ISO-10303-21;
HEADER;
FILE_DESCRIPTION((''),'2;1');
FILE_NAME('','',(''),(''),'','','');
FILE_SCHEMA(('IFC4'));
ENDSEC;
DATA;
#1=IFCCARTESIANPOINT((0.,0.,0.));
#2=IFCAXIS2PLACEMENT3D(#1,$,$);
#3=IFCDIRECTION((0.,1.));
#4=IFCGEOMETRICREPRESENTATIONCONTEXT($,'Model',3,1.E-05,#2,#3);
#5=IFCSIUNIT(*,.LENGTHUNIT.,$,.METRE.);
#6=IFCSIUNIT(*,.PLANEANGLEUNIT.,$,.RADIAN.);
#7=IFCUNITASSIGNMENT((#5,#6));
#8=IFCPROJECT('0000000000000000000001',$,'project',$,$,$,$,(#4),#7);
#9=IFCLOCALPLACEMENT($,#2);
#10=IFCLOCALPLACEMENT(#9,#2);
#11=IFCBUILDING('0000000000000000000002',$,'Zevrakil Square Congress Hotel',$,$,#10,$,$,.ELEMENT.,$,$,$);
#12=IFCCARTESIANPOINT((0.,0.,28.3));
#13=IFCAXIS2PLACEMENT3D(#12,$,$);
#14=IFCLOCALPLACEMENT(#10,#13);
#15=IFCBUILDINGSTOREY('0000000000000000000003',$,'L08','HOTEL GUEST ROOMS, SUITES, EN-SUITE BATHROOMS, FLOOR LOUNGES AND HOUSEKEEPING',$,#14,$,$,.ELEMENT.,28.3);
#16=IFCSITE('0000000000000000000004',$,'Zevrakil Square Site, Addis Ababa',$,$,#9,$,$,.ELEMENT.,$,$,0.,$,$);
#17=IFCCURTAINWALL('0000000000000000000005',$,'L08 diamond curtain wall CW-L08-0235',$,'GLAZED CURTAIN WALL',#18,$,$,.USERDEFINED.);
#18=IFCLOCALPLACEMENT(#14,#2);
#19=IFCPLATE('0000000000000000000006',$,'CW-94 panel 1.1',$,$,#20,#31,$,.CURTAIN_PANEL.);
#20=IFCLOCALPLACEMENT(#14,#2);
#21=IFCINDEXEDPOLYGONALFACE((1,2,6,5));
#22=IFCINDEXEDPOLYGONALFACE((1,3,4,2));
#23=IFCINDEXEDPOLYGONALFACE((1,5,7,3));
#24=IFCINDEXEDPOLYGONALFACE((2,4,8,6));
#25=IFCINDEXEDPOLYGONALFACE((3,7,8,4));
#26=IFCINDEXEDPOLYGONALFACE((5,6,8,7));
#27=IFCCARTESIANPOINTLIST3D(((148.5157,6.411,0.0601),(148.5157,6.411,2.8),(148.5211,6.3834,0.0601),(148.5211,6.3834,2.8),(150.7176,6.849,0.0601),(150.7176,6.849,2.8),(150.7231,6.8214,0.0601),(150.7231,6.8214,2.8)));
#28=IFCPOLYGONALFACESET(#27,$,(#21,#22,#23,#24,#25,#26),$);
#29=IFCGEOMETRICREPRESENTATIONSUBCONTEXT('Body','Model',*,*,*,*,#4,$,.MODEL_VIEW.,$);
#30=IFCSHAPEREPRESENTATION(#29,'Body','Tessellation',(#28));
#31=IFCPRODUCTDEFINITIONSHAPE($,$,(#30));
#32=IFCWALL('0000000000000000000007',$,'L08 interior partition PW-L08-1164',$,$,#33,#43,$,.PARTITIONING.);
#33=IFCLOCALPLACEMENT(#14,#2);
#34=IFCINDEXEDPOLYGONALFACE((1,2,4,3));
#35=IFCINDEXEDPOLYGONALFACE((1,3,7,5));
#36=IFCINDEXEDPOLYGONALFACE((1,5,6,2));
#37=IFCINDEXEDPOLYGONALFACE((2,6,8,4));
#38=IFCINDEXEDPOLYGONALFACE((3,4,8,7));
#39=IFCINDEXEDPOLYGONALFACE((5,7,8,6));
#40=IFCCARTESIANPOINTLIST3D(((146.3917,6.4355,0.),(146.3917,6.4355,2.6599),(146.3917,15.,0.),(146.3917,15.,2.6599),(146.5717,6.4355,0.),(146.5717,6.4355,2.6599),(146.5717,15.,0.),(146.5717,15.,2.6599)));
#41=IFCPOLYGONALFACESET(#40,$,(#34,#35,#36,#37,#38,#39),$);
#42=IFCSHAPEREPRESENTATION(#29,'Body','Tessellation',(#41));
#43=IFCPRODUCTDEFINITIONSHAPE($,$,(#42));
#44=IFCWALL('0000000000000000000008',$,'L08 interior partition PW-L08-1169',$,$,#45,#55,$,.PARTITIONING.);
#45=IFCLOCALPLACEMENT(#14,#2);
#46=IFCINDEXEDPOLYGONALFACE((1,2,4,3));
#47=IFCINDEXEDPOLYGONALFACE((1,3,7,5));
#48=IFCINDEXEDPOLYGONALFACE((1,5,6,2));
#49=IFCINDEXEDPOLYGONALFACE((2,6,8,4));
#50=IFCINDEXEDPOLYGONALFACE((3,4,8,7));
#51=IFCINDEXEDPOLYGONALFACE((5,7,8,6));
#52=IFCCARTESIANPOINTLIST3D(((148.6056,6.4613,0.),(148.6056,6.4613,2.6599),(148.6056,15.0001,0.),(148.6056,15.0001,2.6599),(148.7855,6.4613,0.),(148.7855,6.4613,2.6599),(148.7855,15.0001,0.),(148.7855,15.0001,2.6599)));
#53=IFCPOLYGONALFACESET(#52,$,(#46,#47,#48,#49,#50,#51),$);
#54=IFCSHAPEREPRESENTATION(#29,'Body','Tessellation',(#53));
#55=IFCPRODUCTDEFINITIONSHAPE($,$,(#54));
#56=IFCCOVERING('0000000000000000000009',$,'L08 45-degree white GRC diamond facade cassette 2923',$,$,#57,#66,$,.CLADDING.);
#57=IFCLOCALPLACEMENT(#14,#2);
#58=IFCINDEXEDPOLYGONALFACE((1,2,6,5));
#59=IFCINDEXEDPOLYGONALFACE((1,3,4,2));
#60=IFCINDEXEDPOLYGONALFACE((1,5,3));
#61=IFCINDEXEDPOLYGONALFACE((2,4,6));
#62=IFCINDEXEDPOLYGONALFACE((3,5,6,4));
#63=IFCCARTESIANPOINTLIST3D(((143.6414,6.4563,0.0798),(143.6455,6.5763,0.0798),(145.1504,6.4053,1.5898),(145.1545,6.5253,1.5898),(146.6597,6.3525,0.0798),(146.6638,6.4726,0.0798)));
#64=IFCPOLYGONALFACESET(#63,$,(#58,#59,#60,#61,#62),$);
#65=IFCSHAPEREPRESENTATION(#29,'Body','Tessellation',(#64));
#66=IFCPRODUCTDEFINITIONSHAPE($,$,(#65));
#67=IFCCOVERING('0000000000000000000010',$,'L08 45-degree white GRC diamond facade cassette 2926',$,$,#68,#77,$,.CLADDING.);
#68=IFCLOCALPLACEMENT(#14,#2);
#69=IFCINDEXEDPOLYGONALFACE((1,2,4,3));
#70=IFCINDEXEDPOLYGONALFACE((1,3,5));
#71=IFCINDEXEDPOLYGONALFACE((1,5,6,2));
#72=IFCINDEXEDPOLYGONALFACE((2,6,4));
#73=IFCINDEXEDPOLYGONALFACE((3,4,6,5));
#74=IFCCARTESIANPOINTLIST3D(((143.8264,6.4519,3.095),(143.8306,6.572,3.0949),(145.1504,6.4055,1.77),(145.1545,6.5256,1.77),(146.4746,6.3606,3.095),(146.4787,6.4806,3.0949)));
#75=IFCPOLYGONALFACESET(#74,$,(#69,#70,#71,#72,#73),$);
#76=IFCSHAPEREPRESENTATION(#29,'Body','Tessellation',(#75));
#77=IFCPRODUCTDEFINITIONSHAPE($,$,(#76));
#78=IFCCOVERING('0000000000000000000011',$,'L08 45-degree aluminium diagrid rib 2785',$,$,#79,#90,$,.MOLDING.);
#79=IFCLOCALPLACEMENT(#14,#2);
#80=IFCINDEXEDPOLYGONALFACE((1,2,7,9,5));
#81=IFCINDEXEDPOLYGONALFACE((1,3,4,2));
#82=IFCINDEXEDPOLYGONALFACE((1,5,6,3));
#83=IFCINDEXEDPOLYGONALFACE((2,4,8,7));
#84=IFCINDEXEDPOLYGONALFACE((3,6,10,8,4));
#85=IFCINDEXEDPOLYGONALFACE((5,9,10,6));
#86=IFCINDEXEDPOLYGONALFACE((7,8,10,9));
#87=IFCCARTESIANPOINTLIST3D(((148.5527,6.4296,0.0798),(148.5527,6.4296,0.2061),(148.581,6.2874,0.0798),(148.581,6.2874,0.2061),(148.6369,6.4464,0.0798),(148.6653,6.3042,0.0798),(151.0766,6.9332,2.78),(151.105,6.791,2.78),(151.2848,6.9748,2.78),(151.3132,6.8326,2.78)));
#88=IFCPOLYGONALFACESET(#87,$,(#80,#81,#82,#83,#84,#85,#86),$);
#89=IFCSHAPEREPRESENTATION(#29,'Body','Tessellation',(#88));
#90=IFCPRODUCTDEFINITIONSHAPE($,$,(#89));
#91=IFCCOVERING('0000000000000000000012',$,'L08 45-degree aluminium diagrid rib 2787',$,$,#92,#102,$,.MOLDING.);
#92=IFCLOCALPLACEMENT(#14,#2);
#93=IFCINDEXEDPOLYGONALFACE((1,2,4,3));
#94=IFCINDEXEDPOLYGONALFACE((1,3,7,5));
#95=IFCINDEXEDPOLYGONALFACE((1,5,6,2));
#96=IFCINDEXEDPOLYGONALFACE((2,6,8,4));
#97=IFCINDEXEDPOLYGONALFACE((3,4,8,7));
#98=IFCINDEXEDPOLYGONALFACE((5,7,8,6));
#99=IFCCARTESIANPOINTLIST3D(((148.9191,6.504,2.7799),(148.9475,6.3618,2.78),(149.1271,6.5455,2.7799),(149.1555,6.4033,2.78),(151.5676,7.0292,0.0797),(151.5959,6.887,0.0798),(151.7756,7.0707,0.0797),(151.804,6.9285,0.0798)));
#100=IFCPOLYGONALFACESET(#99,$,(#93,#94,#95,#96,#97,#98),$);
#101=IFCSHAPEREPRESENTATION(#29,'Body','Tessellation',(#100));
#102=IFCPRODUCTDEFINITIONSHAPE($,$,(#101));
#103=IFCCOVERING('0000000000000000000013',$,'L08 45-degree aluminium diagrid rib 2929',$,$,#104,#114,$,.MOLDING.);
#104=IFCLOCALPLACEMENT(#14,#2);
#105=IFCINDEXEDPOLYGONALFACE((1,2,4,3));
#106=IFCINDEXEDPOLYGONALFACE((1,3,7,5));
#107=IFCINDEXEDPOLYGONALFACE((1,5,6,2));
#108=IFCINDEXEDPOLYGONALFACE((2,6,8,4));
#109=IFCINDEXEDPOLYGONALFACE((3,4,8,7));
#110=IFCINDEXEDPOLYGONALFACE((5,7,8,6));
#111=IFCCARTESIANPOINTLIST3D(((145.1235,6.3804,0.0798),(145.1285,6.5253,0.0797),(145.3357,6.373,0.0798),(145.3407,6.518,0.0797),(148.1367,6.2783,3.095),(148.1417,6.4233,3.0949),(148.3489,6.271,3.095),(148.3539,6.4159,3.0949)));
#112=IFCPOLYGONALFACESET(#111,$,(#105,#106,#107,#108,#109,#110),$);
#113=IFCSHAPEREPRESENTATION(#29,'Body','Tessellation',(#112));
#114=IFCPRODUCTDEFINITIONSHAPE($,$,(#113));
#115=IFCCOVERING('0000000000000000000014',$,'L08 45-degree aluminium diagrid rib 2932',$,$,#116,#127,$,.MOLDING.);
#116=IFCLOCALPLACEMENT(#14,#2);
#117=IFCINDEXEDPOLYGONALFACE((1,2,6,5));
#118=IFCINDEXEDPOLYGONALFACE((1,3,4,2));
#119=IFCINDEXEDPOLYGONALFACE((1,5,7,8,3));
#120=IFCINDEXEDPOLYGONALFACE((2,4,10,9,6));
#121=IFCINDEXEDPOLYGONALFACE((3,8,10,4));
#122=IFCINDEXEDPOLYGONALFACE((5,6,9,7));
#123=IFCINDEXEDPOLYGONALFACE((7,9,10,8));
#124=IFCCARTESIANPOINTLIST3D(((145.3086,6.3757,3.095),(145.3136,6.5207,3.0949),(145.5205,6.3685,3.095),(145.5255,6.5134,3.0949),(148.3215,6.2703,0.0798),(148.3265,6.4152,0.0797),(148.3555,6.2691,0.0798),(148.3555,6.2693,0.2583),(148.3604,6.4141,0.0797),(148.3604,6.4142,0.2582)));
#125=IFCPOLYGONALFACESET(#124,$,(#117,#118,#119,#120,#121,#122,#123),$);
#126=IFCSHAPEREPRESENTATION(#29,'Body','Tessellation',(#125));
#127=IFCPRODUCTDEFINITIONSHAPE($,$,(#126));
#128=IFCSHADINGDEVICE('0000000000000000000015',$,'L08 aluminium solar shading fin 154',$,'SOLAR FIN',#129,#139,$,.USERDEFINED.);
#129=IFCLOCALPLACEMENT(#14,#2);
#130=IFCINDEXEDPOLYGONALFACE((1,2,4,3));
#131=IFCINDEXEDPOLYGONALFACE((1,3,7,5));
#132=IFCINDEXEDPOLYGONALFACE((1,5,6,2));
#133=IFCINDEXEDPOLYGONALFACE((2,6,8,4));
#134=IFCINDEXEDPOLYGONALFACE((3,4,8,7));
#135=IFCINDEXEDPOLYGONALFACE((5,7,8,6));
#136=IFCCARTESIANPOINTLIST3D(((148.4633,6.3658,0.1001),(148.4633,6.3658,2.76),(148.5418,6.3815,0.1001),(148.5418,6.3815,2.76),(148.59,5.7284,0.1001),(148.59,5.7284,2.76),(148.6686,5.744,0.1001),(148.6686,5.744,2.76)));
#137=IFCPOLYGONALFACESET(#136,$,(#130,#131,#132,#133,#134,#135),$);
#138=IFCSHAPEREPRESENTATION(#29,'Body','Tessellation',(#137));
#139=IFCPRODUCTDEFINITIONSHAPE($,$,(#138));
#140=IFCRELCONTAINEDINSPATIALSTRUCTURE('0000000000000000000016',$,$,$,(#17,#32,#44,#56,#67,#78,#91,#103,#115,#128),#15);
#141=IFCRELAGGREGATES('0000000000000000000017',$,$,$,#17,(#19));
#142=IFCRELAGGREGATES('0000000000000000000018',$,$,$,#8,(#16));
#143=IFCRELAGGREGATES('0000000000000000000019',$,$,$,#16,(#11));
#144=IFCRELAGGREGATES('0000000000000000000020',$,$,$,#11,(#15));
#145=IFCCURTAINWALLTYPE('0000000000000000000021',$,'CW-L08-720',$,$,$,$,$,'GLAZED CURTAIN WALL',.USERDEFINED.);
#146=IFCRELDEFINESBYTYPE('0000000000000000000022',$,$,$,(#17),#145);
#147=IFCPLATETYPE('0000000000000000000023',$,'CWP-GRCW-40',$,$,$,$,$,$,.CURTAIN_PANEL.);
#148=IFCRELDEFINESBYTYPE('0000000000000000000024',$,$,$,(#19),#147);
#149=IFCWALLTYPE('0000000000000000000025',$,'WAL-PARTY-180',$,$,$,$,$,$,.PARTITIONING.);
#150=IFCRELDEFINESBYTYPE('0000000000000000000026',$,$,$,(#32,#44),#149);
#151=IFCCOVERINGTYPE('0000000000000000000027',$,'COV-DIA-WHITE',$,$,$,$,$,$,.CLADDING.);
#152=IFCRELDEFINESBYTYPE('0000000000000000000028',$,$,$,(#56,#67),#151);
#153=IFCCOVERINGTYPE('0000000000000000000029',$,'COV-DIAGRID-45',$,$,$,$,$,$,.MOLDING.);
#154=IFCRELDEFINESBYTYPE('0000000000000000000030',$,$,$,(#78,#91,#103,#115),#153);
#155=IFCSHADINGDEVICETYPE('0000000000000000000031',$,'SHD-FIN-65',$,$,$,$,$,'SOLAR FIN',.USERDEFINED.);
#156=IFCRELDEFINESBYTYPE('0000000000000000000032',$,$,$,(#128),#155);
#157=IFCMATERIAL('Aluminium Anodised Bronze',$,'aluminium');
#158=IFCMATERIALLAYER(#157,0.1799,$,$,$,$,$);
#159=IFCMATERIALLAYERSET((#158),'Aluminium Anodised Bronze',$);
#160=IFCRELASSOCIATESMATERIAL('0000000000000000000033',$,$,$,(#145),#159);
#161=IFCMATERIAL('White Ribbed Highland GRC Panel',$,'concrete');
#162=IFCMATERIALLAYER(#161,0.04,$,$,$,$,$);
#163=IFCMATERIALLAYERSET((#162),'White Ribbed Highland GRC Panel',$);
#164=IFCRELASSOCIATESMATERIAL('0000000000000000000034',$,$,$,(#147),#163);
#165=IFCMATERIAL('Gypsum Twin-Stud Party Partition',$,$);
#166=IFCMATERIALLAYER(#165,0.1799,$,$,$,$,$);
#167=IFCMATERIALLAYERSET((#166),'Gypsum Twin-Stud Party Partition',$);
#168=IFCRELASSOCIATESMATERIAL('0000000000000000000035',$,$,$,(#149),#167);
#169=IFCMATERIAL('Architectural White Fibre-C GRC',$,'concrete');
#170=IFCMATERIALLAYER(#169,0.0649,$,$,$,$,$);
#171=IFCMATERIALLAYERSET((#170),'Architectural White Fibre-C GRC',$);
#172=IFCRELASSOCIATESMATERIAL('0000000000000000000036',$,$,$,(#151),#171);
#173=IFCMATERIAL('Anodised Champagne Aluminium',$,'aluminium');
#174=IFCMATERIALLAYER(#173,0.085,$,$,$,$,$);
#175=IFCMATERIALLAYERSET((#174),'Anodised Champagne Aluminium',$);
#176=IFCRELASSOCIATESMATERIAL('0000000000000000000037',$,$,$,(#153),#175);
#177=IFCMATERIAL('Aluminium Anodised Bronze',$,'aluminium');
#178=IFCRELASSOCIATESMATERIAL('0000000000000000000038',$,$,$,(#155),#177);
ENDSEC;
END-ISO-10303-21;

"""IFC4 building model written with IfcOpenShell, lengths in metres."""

from ifc_helpers import new_model, si_unit, direction, frame, frame_2d, origin, origin_2d, place, context, subcontext, project, spatial, polyline, rectangle, outline, extrude, material, layer, layer_set, type_object, element, aggregate, save


model = new_model("IFC4")

# Units and contexts
model_context = context("Model", 3, precision=1e-05, world=origin(), true_north=direction((0.0, 1.0)))
body_context = subcontext(model_context, "Body", "Model", "MODEL_VIEW")
ifc_project = project(units=[si_unit("LENGTHUNIT", "METRE"), si_unit("PLANEANGLEUNIT", "RADIAN")], contexts=[model_context])

# Site, building, storey
site_placement = place(None, origin())
site = spatial("IfcSite", under=ifc_project, at=site_placement, Name="Zevrakil Square Site, Addis Ababa", CompositionType="ELEMENT", RefElevation=0.0)
building_placement = place(site_placement, origin())
building = spatial("IfcBuilding", under=site, at=building_placement, Name="Zevrakil Square Congress Hotel", CompositionType="ELEMENT")
storey_placement = place(building_placement, frame((0.0, 0.0, 28.3)))
storey = spatial("IfcBuildingStorey", under=building, at=storey_placement, Name="L08", Description="HOTEL GUEST ROOMS, SUITES, EN-SUITE BATHROOMS, FLOOR LOUNGES AND HOUSEKEEPING", CompositionType="ELEMENT", Elevation=28.3)

# Curtain wall
ifc_material_1 = material(Name="Aluminium Anodised Bronze", Category="aluminium")
ifc_layer_1 = layer(ifc_material_1, 0.1799)
ifc_layer_set_1 = layer_set([ifc_layer_1], Name="Aluminium Anodised Bronze")
curtain_wall_type_1 = type_object("IfcCurtainWallType", Name="CW-L08-720", ElementType="GLAZED CURTAIN WALL", PredefinedType="USERDEFINED", material=ifc_layer_set_1)
curtain_wall_1_placement = place(storey_placement, origin())
curtain_wall_1 = element("IfcCurtainWall", 1, at=curtain_wall_1_placement, inside=storey, type_object=curtain_wall_type_1, Name="L08 diamond curtain wall CW-L08-0235", ObjectType="GLAZED CURTAIN WALL", PredefinedType="USERDEFINED")

# Plate
ifc_material_2 = material(Name="White Ribbed Highland GRC Panel", Category="concrete")
ifc_layer_2 = layer(ifc_material_2, 0.04)
ifc_layer_set_2 = layer_set([ifc_layer_2], Name="White Ribbed Highland GRC Panel")
plate_type_1 = type_object("IfcPlateType", Name="CWP-GRCW-40", PredefinedType="CURTAIN_PANEL", material=ifc_layer_set_2)
plate_1_placement = place(storey_placement, frame((149.6194, 6.6162, 0.0601), z_axis=(0.0, 0.0, 1.0), x_axis=(0.980787, 0.195084, 0.0)))
plate_1 = element("IfcPlate", 2, at=plate_1_placement, type_object=plate_type_1, Name="CW-94 panel 1.1", PredefinedType="CURTAIN_PANEL", context=body_context, shape_type="SweptSolid", body=[
    extrude(rectangle(XDim=2.2451, YDim=0.0281, at=origin_2d()), origin(), (0.0, 0.0, 1.0), 2.74),
])
aggregate(curtain_wall_1, [plate_1])

# Walls
ifc_material_3 = material(Name="Gypsum Twin-Stud Party Partition")
ifc_layer_3 = layer(ifc_material_3, 0.1799)
ifc_layer_set_3 = layer_set([ifc_layer_3], Name="Gypsum Twin-Stud Party Partition")
wall_type = type_object("IfcWallType", Name="WAL-PARTY-180", PredefinedType="PARTITIONING", material=ifc_layer_set_3)
wall_1_placement = place(storey_placement, frame((146.4817, 6.4355, 0.0), z_axis=(0.0, 0.0, 1.0), x_axis=(0.0, 1.0, 0.0)))
element("IfcWall", 3, at=wall_1_placement, inside=storey, type_object=wall_type, Name="L08 interior partition PW-L08-1164", PredefinedType="PARTITIONING", context=body_context, shape_type="SweptSolid", body=[
    extrude(rectangle(XDim=8.5645, YDim=0.1799, at=frame_2d((4.2822, 0.0))), origin(), (0.0, 0.0, 1.0), 2.6599),
])
wall_2_placement = place(storey_placement, frame((148.6956, 6.4612, 0.0), z_axis=(0.0, 0.0, 1.0), x_axis=(0.0, 1.0, 0.0)))
element("IfcWall", 4, at=wall_2_placement, inside=storey, type_object=wall_type, Name="L08 interior partition PW-L08-1169", PredefinedType="PARTITIONING", context=body_context, shape_type="SweptSolid", body=[
    extrude(rectangle(XDim=8.5388, YDim=0.1799, at=frame_2d((4.2695, 0.0))), origin(), (0.0, 0.0, 1.0), 2.6599),
])

# Coverings
ifc_material_4 = material(Name="Architectural White Fibre-C GRC", Category="concrete")
ifc_layer_4 = layer(ifc_material_4, 0.0649)
ifc_layer_set_4 = layer_set([ifc_layer_4], Name="Architectural White Fibre-C GRC")
covering_type_1 = type_object("IfcCoveringType", Name="COV-DIA-WHITE", PredefinedType="CLADDING", material=ifc_layer_set_4)
covering_1_placement = place(storey_placement, frame((145.1504, 6.4053, 1.5898), z_axis=(-0.034356, -0.999409, 0.000563), x_axis=(0.70672, -0.024693, -0.707063)))
element("IfcCovering", 5, at=covering_1_placement, inside=storey, type_object=covering_type_1, Name="L08 45-degree white GRC diamond facade cassette 2923", PredefinedType="CLADDING", context=body_context, shape_type="SweptSolid", body=[
    extrude(outline(polyline([(0.0, 0.0), (2.1356, 0.0), (-0.0001, -2.1354), (0.0, 0.0)])), origin(), (0.0, 0.0, -1.0), 0.1201),
])
covering_2_placement = place(storey_placement, frame((145.1504, 6.4055, 1.77), z_axis=(-0.034459, -0.999406, 0.000556), x_axis=(-0.706629, 0.024757, 0.707151)))
element("IfcCovering", 6, at=covering_2_placement, inside=storey, type_object=covering_type_1, Name="L08 45-degree white GRC diamond facade cassette 2926", PredefinedType="CLADDING", context=body_context, shape_type="SweptSolid", body=[
    extrude(outline(polyline([(0.0, 0.0), (1.8736, 0.0), (0.0001, -1.8738), (0.0, 0.0)])), origin(), (0.0, 0.0, -1.0), 0.1201),
])
ifc_material_5 = material(Name="Anodised Champagne Aluminium", Category="aluminium")
ifc_layer_5 = layer(ifc_material_5, 0.085)
ifc_layer_set_5 = layer_set([ifc_layer_5], Name="Anodised Champagne Aluminium")
covering_type_2 = type_object("IfcCoveringType", Name="COV-DIAGRID-45", PredefinedType="MOLDING", material=ifc_layer_set_5)
covering_3_placement = place(storey_placement, frame((148.6653, 6.3042, 0.0798), z_axis=(0.195659, -0.980672, 0.000026), x_axis=(-0.980672, -0.195659, 0.0)))
element("IfcCovering", 7, at=covering_3_placement, inside=storey, type_object=covering_type_2, Name="L08 45-degree aluminium diagrid rib 2785", PredefinedType="MOLDING", context=body_context, shape_type="SweptSolid", body=[
    extrude(outline(polyline([(0.0, 0.0), (0.0859, 0.0), (0.0859, -0.1262), (-2.4878, -2.7002), (-2.7001, -2.7002), (0.0, 0.0)])), origin(), (0.0, 0.0, -1.0), 0.145),
])
covering_4_placement = place(storey_placement, frame((148.9475, 6.3618, 2.78), z_axis=(0.195673, -0.980668, 0.001198), x_axis=(0.980669, 0.195673, 0.0)))
element("IfcCovering", 8, at=covering_4_placement, inside=storey, type_object=covering_type_2, Name="L08 45-degree aluminium diagrid rib 2787", PredefinedType="MOLDING", context=body_context, shape_type="SweptSolid", body=[
    extrude(outline(polyline([(0.0, 0.0), (0.2121, 0.0), (2.9121, -2.7002), (2.7, -2.7002), (0.0, 0.0)])), origin(), (0.0, 0.0, -1.0), 0.145),
])
covering_5_placement = place(storey_placement, frame((145.3357, 6.373, 0.0798), z_axis=(-0.034502, -0.999404, 0.000654), x_axis=(-0.999405, 0.034502, 0.0)))
element("IfcCovering", 9, at=covering_5_placement, inside=storey, type_object=covering_type_2, Name="L08 45-degree aluminium diagrid rib 2929", PredefinedType="MOLDING", context=body_context, shape_type="SweptSolid", body=[
    extrude(outline(polyline([(0.0, 0.0), (0.2123, 0.0), (-2.8026, -3.0151), (-3.0149, -3.0151), (0.0, 0.0)])), origin(), (0.0, 0.0, -1.0), 0.145),
])
covering_6_placement = place(storey_placement, frame((145.3086, 6.3757, 3.095), z_axis=(-0.034265, -0.999413, 0.00071), x_axis=(0.999413, -0.034265, 0.0)))
element("IfcCovering", 10, at=covering_6_placement, inside=storey, type_object=covering_type_2, Name="L08 45-degree aluminium diagrid rib 2932", PredefinedType="MOLDING", context=body_context, shape_type="SweptSolid", body=[
    extrude(outline(polyline([(0.0, 0.0), (0.212, 0.0), (3.0487, -2.8367), (3.0487, -3.0151), (3.0148, -3.0151), (0.0, 0.0)])), origin(), (0.0, 0.0, -1.0), 0.145),
])

# Shading device
ifc_material_6 = material(Name="Aluminium Anodised Bronze", Category="aluminium")
shading_device_type = type_object("IfcShadingDeviceType", Name="SHD-FIN-65", ElementType="SOLAR FIN", PredefinedType="USERDEFINED", material=ifc_material_6)
shading_device_placement = place(storey_placement, frame((148.5659, 6.0549, 0.1001), z_axis=(0.0, 0.0, 1.0), x_axis=(0.19509, -0.980785, 0.0)))
element("IfcShadingDevice", 11, at=shading_device_placement, inside=storey, type_object=shading_device_type, Name="L08 aluminium solar shading fin 154", ObjectType="SOLAR FIN", PredefinedType="USERDEFINED", context=body_context, shape_type="SweptSolid", body=[
    extrude(rectangle(XDim=0.6499, YDim=0.0801, at=origin_2d()), origin(), (0.0, 0.0, 1.0), 2.6599),
])

save(model, "model.ifc")
